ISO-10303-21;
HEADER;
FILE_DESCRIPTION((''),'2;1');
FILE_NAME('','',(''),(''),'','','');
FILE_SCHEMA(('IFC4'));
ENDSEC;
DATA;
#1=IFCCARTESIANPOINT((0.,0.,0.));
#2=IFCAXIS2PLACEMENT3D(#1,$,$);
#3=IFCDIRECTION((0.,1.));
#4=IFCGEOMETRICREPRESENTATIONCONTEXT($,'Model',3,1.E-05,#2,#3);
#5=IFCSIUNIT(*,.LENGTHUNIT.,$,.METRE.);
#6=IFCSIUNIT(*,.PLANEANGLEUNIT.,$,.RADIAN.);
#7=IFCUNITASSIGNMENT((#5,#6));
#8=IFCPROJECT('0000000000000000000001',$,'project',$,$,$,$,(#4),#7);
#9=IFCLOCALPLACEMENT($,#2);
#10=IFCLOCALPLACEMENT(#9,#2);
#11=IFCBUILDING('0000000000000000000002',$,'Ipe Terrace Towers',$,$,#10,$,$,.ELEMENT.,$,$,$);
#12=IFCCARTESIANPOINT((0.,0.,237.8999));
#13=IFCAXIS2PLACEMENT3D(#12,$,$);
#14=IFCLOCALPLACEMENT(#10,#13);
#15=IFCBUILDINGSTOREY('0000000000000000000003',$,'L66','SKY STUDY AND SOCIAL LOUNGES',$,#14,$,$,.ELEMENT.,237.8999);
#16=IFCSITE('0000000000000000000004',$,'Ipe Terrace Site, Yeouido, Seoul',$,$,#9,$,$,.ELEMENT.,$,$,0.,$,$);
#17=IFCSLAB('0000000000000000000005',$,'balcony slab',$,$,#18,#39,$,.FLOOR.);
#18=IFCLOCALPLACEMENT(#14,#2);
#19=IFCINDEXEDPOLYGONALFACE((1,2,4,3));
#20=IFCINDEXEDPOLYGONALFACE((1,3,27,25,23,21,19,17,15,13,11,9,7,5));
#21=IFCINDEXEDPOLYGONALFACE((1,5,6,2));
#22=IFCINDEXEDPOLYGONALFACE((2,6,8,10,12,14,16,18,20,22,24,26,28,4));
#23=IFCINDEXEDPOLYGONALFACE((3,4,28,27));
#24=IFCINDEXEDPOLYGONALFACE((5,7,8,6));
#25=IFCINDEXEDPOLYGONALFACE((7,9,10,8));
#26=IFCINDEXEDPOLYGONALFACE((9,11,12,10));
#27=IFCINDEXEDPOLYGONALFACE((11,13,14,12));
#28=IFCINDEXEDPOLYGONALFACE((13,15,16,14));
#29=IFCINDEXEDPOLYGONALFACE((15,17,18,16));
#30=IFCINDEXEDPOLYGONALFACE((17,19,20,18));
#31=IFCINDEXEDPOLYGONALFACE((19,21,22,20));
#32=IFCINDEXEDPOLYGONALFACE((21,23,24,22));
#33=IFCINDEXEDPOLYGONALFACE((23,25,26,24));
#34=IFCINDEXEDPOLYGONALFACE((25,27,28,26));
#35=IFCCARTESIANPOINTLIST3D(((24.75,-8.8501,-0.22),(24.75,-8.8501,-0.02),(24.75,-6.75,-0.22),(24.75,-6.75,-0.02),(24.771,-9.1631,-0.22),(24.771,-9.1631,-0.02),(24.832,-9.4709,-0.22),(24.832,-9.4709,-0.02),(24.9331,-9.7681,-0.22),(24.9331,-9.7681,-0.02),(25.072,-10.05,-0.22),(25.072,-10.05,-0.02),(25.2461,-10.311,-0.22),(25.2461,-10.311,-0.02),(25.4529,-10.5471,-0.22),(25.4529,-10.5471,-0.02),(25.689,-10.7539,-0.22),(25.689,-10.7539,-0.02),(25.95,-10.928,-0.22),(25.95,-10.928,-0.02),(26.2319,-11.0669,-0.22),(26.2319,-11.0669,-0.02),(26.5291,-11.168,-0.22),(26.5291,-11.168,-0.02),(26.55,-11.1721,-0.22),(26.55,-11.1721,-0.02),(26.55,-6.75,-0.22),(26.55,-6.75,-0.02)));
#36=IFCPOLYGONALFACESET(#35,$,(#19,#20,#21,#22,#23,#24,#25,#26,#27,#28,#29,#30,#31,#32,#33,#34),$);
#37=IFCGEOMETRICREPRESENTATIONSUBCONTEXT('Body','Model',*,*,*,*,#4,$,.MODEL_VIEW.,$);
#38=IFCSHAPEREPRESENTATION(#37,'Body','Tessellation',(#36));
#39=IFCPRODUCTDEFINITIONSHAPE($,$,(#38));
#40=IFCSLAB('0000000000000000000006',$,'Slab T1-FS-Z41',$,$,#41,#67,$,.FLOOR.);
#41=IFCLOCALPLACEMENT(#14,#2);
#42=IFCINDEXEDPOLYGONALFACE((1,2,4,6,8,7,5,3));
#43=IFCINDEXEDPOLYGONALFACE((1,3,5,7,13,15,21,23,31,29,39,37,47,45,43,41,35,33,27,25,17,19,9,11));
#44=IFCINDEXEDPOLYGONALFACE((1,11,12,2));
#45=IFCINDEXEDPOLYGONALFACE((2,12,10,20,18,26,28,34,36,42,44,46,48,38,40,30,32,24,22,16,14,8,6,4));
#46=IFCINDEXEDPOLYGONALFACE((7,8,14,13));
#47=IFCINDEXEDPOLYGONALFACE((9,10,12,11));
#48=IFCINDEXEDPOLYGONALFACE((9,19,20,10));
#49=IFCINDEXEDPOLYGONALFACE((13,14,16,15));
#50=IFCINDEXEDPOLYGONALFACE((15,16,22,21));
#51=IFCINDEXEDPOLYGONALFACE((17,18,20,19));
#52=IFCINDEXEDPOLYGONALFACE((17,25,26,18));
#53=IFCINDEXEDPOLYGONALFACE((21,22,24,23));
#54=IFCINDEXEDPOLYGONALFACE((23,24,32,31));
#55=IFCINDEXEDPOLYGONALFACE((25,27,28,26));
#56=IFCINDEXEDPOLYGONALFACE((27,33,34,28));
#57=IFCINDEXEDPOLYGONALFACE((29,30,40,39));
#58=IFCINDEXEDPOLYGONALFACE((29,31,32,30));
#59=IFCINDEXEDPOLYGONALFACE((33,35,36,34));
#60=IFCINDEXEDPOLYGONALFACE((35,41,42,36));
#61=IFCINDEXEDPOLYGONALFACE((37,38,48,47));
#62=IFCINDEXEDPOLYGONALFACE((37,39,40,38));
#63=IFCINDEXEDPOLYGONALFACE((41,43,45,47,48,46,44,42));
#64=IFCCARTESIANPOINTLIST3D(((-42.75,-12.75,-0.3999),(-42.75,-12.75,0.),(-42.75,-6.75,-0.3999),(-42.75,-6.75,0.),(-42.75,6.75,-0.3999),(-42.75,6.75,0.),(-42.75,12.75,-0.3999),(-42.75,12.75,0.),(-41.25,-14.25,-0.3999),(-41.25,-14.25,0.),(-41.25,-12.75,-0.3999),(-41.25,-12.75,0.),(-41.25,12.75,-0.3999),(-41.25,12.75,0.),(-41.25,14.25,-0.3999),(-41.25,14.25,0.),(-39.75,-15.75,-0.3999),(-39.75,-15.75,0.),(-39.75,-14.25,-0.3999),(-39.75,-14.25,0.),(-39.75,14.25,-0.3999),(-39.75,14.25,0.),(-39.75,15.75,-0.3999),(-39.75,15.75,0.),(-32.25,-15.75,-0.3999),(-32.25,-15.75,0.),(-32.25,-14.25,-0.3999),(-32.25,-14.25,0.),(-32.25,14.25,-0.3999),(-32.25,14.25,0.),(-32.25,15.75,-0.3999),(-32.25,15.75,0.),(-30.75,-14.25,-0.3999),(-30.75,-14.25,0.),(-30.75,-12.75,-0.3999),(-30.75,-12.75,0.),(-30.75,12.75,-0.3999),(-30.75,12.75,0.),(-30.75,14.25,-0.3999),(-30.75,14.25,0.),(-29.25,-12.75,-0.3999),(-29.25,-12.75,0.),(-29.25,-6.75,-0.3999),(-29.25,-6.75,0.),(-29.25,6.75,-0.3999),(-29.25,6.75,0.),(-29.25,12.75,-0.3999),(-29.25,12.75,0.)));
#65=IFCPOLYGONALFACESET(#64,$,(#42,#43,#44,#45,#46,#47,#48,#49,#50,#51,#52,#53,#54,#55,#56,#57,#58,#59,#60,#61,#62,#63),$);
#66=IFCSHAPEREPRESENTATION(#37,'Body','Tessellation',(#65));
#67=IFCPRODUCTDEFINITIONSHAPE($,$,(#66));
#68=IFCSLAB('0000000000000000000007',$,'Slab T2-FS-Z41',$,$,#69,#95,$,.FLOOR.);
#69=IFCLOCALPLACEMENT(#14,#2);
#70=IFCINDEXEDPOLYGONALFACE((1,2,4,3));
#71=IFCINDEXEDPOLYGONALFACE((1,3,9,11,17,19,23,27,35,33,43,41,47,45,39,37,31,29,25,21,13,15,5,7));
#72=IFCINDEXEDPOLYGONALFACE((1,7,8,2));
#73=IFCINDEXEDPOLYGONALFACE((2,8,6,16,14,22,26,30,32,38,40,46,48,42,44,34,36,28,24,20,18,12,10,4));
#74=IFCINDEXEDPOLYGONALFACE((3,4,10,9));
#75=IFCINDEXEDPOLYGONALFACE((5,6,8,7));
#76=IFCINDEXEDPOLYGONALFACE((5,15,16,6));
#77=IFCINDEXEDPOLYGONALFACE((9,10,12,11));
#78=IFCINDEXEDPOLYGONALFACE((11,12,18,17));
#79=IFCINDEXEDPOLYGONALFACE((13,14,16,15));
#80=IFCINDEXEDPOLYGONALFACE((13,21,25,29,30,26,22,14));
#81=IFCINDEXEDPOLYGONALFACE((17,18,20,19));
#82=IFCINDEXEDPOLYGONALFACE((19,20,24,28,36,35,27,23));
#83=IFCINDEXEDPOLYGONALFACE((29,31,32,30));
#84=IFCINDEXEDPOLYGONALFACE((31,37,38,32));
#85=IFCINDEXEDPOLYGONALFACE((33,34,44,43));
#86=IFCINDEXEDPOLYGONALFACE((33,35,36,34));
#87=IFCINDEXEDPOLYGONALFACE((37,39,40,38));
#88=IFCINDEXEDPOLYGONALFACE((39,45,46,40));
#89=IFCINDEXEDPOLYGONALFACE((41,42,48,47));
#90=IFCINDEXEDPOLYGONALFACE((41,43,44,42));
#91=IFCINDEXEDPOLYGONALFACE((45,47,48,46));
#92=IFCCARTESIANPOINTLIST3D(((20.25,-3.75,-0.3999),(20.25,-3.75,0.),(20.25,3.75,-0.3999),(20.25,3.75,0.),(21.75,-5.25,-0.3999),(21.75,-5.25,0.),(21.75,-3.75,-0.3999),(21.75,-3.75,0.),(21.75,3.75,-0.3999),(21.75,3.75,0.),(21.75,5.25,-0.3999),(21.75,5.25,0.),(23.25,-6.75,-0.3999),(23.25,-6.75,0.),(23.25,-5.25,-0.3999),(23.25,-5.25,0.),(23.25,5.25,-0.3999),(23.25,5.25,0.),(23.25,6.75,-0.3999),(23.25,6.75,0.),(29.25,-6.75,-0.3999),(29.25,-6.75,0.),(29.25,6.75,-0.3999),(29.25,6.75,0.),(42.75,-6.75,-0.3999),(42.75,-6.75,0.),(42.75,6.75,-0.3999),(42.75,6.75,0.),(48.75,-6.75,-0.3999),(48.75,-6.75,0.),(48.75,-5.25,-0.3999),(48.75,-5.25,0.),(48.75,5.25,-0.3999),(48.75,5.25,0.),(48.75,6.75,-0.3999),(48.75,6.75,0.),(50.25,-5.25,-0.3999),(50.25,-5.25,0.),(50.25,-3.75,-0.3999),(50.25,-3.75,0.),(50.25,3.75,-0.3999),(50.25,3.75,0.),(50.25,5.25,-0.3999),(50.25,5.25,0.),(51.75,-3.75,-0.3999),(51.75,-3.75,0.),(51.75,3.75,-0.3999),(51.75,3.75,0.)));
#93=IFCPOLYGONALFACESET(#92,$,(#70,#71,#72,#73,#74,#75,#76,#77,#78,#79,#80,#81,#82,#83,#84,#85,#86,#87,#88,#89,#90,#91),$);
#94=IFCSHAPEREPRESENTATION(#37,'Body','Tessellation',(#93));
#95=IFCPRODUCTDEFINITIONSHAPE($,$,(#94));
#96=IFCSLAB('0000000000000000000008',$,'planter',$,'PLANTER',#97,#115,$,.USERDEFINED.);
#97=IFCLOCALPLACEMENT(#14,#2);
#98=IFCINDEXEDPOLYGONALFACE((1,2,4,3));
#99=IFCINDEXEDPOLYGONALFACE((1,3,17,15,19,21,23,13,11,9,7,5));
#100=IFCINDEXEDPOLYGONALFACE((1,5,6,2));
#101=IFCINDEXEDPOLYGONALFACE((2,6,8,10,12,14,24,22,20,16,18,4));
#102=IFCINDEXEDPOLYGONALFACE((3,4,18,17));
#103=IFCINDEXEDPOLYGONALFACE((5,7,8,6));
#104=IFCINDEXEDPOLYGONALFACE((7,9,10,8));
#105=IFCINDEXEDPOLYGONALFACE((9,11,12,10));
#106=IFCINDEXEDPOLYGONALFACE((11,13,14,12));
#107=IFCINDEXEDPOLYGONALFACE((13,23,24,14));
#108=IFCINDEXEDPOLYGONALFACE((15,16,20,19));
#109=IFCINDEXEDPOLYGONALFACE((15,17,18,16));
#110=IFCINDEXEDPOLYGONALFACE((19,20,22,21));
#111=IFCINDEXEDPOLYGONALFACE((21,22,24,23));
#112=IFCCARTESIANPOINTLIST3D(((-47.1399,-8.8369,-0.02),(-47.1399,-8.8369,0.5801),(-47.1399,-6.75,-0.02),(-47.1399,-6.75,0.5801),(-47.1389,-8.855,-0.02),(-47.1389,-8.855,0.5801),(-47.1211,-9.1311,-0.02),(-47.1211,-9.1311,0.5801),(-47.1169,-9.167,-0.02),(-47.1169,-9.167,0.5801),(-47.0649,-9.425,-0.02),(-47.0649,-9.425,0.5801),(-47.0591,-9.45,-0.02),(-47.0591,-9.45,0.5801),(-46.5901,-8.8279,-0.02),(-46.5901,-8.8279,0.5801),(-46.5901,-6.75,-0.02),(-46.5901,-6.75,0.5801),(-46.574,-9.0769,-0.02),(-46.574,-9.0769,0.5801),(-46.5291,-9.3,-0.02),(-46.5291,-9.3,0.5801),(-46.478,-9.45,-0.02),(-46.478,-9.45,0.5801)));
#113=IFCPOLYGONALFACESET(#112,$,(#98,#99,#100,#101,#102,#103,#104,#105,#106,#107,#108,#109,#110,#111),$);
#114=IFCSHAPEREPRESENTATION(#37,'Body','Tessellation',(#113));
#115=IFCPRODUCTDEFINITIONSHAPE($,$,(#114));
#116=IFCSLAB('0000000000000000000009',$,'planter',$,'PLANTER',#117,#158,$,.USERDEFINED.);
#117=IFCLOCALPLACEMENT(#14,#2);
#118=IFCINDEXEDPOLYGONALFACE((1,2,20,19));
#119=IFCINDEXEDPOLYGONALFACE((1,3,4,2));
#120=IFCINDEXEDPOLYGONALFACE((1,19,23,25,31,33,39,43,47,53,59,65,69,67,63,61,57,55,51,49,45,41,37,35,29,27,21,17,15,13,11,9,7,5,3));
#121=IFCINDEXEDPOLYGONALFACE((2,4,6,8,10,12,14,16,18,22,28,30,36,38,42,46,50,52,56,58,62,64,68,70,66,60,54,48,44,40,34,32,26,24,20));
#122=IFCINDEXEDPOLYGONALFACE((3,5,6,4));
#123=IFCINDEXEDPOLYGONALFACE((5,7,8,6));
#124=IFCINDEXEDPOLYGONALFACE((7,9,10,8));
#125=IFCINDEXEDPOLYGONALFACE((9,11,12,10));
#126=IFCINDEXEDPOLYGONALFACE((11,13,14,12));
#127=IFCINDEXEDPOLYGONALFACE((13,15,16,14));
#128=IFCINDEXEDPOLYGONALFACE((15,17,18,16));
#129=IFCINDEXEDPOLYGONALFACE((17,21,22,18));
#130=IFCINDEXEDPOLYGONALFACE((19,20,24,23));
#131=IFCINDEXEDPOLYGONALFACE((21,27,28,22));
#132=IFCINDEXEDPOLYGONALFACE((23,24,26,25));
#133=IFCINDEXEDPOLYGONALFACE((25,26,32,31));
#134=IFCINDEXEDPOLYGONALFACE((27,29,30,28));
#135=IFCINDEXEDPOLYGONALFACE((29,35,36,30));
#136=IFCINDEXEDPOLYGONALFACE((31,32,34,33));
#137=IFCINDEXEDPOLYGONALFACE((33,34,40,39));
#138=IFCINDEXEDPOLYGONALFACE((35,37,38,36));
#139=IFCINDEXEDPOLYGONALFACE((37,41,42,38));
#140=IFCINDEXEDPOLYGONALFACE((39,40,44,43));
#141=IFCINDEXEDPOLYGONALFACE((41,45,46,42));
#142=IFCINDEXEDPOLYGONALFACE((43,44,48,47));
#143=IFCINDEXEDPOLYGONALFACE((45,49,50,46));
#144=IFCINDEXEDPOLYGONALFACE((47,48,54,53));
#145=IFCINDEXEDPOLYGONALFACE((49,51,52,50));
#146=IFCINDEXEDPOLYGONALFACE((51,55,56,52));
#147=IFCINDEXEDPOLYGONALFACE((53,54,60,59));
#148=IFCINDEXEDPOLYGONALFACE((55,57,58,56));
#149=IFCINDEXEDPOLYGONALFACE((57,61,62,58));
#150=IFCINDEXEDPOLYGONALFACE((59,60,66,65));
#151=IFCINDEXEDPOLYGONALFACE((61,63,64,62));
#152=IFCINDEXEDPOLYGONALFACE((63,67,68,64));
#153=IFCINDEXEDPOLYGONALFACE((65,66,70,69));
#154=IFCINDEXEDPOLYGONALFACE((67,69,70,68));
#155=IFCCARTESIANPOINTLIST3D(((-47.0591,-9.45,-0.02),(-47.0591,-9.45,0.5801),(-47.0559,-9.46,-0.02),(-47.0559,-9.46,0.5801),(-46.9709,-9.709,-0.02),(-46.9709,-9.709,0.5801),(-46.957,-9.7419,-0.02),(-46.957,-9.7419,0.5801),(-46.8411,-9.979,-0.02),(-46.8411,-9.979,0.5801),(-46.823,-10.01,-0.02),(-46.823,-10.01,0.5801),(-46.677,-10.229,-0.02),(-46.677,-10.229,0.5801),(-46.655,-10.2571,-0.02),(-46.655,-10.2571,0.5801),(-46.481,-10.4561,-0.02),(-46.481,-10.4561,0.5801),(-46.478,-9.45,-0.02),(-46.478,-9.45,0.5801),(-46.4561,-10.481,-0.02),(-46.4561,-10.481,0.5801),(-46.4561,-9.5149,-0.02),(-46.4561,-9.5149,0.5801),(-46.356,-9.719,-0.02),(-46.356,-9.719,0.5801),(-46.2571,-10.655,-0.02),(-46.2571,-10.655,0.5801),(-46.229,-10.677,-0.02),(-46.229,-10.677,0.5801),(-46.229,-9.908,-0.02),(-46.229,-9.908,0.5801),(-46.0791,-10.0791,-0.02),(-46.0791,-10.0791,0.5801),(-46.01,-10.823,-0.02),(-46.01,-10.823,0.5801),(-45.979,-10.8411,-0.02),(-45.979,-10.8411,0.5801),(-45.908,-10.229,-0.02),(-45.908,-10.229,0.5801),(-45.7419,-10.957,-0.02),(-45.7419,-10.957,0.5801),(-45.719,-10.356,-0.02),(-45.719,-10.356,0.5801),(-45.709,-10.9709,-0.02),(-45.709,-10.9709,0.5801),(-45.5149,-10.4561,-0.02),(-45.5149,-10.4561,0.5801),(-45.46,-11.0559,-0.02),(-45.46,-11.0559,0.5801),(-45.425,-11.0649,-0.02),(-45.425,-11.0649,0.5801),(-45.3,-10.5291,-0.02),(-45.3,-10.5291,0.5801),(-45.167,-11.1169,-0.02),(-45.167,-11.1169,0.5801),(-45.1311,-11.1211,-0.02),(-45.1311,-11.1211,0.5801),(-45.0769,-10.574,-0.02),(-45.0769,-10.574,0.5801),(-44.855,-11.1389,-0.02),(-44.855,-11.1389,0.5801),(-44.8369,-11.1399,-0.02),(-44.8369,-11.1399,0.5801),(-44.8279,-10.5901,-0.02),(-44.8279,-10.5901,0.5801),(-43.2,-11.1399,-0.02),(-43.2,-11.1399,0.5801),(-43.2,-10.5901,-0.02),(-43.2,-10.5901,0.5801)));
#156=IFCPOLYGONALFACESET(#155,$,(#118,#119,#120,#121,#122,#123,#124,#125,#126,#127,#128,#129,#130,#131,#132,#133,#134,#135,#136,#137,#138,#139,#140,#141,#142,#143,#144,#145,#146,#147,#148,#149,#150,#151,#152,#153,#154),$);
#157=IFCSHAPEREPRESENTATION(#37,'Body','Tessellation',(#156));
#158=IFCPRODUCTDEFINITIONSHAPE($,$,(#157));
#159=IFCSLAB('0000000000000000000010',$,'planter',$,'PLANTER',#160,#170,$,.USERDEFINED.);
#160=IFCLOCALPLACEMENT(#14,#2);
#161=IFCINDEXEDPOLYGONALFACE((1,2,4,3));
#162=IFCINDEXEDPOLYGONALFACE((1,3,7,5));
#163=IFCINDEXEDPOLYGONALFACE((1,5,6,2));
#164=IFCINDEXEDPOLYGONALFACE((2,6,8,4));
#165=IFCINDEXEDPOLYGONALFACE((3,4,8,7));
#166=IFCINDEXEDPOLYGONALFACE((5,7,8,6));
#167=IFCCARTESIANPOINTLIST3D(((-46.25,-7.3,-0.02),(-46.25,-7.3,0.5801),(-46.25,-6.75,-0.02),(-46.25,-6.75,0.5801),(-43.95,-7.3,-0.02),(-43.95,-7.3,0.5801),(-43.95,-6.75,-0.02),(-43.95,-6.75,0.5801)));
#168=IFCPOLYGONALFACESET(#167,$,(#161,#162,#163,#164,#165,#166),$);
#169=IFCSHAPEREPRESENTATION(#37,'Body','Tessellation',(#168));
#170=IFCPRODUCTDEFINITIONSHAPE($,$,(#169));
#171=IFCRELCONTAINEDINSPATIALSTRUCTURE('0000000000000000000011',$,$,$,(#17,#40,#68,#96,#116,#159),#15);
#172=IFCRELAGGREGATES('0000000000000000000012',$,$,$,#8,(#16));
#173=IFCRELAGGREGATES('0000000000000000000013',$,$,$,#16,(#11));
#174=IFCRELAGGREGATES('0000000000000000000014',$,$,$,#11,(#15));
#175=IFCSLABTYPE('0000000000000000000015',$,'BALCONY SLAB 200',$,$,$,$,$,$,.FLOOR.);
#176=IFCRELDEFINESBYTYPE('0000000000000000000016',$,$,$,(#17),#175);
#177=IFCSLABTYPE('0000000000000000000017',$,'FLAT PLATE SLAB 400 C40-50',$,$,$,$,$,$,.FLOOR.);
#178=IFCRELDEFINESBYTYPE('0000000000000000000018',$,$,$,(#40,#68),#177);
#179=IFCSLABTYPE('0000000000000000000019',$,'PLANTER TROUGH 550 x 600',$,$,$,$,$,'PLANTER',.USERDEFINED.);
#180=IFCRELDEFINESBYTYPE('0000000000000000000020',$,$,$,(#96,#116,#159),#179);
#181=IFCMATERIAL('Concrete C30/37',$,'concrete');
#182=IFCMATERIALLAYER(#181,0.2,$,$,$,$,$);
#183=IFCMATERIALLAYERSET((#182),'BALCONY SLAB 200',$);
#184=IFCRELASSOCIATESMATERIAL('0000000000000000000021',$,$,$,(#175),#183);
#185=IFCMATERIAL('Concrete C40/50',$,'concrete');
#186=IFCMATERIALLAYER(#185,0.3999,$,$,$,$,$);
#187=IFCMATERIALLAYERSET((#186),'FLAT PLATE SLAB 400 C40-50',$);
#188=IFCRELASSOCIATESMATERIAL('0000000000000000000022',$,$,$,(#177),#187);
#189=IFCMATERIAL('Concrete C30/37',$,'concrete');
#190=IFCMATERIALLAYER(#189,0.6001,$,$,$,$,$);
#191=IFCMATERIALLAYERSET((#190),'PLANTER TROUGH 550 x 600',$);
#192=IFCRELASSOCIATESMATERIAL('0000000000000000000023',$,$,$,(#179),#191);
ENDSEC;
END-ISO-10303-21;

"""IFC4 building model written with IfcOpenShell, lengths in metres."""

from ifc_helpers import new_model, si_unit, direction, frame, origin, place, context, subcontext, project, spatial, polyline, outline, extrude, material, layer, layer_set, type_object, element, save


model = new_model("IFC4")

# Units and contexts
model_context = context("Model", 3, precision=1e-05, world=origin(), true_north=direction((0.0, 1.0)))
body_context = subcontext(model_context, "Body", "Model", "MODEL_VIEW")
ifc_project = project(units=[si_unit("LENGTHUNIT", "METRE"), si_unit("PLANEANGLEUNIT", "RADIAN")], contexts=[model_context])

# Site, building, storey
site_placement = place(None, origin())
site = spatial("IfcSite", under=ifc_project, at=site_placement, Name="Ipe Terrace Site, Yeouido, Seoul", CompositionType="ELEMENT", RefElevation=0.0)
building_placement = place(site_placement, origin())
building = spatial("IfcBuilding", under=site, at=building_placement, Name="Ipe Terrace Towers", CompositionType="ELEMENT")
storey_placement = place(building_placement, frame((0.0, 0.0, 237.8999)))
storey = spatial("IfcBuildingStorey", under=building, at=storey_placement, Name="L66", Description="SKY STUDY AND SOCIAL LOUNGES", CompositionType="ELEMENT", Elevation=237.8999)

# Slabs
ifc_material_1 = material(Name="Concrete C30/37", Category="concrete")
ifc_layer_1 = layer(ifc_material_1, 0.2)
ifc_layer_set_1 = layer_set([ifc_layer_1], Name="BALCONY SLAB 200")
slab_type_1 = type_object("IfcSlabType", Name="BALCONY SLAB 200", PredefinedType="FLOOR", material=ifc_layer_set_1)
slab_1_placement = place(storey_placement, frame((0.0, 0.0, -0.22)))
element("IfcSlab", 1, at=slab_1_placement, inside=storey, type_object=slab_type_1, Name="balcony slab", PredefinedType="FLOOR", context=body_context, shape_type="SweptSolid", body=[
    extrude(outline(polyline([(24.75, -6.75), (24.75, -8.8501), (24.771, -9.1631), (24.832, -9.4709), (24.9331, -9.7681), (25.072, -10.05), (25.2461, -10.311), (25.4529, -10.5471), (25.689, -10.7539), (25.95, -10.928), (26.2319, -11.0669), (26.5291, -11.168), (26.55, -11.1721), (26.55, -6.75), (24.75, -6.75)])), origin(), (0.0, 0.0, 1.0), 0.2),
])
ifc_material_2 = material(Name="Concrete C40/50", Category="concrete")
ifc_layer_2 = layer(ifc_material_2, 0.3999)
ifc_layer_set_2 = layer_set([ifc_layer_2], Name="FLAT PLATE SLAB 400 C40-50")
slab_type_2 = type_object("IfcSlabType", Name="FLAT PLATE SLAB 400 C40-50", PredefinedType="FLOOR", material=ifc_layer_set_2)
slab_2_placement = place(storey_placement, frame((0.0, 0.0, -0.3999)))
element("IfcSlab", 2, at=slab_2_placement, inside=storey, type_object=slab_type_2, Name="Slab T1-FS-Z41", PredefinedType="FLOOR", context=body_context, shape_type="SweptSolid", body=[
    extrude(outline(polyline([(-30.75, -12.75), (-30.75, -14.25), (-32.25, -14.25), (-32.25, -15.75), (-39.75, -15.75), (-39.75, -14.25), (-41.25, -14.25), (-41.25, -12.75), (-42.75, -12.75), (-42.75, -6.75), (-42.75, 6.75), (-42.75, 12.75), (-41.25, 12.75), (-41.25, 14.25), (-39.75, 14.25), (-39.75, 15.75), (-32.25, 15.75), (-32.25, 14.25), (-30.75, 14.25), (-30.75, 12.75), (-29.25, 12.75), (-29.25, 6.75), (-29.25, -6.75), (-29.25, -12.75), (-30.75, -12.75)])), origin(), (0.0, 0.0, 1.0), 0.3999),
])
slab_3_placement = place(storey_placement, frame((0.0, 0.0, -0.3999)))
element("IfcSlab", 3, at=slab_3_placement, inside=storey, type_object=slab_type_2, Name="Slab T2-FS-Z41", PredefinedType="FLOOR", context=body_context, shape_type="SweptSolid", body=[
    extrude(outline(polyline([(48.75, 5.25), (50.25, 5.25), (50.25, 3.75), (51.75, 3.75), (51.75, -3.75), (50.25, -3.75), (50.25, -5.25), (48.75, -5.25), (48.75, -6.75), (42.75, -6.75), (29.25, -6.75), (23.25, -6.75), (23.25, -5.25), (21.75, -5.25), (21.75, -3.75), (20.25, -3.75), (20.25, 3.75), (21.75, 3.75), (21.75, 5.25), (23.25, 5.25), (23.25, 6.75), (29.25, 6.75), (42.75, 6.75), (48.75, 6.75), (48.75, 5.25)])), origin(), (0.0, 0.0, 1.0), 0.3999),
])
ifc_material_3 = material(Name="Concrete C30/37", Category="concrete")
ifc_layer_3 = layer(ifc_material_3, 0.6001)
ifc_layer_set_3 = layer_set([ifc_layer_3], Name="PLANTER TROUGH 550 x 600")
slab_type_3 = type_object("IfcSlabType", Name="PLANTER TROUGH 550 x 600", ElementType="PLANTER", PredefinedType="USERDEFINED", material=ifc_layer_set_3)
slab_4_placement = place(storey_placement, frame((0.0, 0.0, -0.02)))
element("IfcSlab", 4, at=slab_4_placement, inside=storey, type_object=slab_type_3, Name="planter", ObjectType="PLANTER", PredefinedType="USERDEFINED", context=body_context, shape_type="SweptSolid", body=[
    extrude(outline(polyline([(-46.5291, -9.3), (-46.574, -9.0769), (-46.5901, -8.8279), (-46.5901, -6.75), (-47.1399, -6.75), (-47.1399, -8.8369), (-47.1389, -8.855), (-47.1211, -9.1311), (-47.1169, -9.167), (-47.0649, -9.425), (-47.0591, -9.45), (-46.478, -9.45), (-46.5291, -9.3)])), origin(), (0.0, 0.0, 1.0), 0.6001),
])
slab_5_placement = place(storey_placement, frame((0.0, 0.0, -0.02)))
element("IfcSlab", 5, at=slab_5_placement, inside=storey, type_object=slab_type_3, Name="planter", ObjectType="PLANTER", PredefinedType="USERDEFINED", context=body_context, shape_type="SweptSolid", body=[
    extrude(outline(polyline([(-46.4561, -9.5149), (-46.478, -9.45), (-47.0591, -9.45), (-47.0559, -9.46), (-46.9709, -9.709), (-46.957, -9.7419), (-46.8411, -9.979), (-46.823, -10.01), (-46.677, -10.229), (-46.655, -10.2571), (-46.481, -10.4561), (-46.4561, -10.481), (-46.2571, -10.655), (-46.229, -10.677), (-46.01, -10.823), (-45.979, -10.8411), (-45.7419, -10.957), (-45.709, -10.9709), (-45.46, -11.0559), (-45.425, -11.0649), (-45.167, -11.1169), (-45.1311, -11.1211), (-44.855, -11.1389), (-44.8369, -11.1399), (-43.2, -11.1399), (-43.2, -10.5901), (-44.8279, -10.5901), (-45.0769, -10.574), (-45.3, -10.5291), (-45.5149, -10.4561), (-45.719, -10.356), (-45.908, -10.229), (-46.0791, -10.0791), (-46.229, -9.908), (-46.356, -9.719), (-46.4561, -9.5149)])), origin(), (0.0, 0.0, 1.0), 0.6001),
])
slab_6_placement = place(storey_placement, frame((0.0, 0.0, -0.02)))
element("IfcSlab", 6, at=slab_6_placement, inside=storey, type_object=slab_type_3, Name="planter", ObjectType="PLANTER", PredefinedType="USERDEFINED", context=body_context, shape_type="SweptSolid", body=[
    extrude(outline(polyline([(-43.95, -6.75), (-46.25, -6.75), (-46.25, -7.3), (-43.95, -7.3), (-43.95, -6.75)])), origin(), (0.0, 0.0, 1.0), 0.6001),
])

save(model, "model.ifc")
